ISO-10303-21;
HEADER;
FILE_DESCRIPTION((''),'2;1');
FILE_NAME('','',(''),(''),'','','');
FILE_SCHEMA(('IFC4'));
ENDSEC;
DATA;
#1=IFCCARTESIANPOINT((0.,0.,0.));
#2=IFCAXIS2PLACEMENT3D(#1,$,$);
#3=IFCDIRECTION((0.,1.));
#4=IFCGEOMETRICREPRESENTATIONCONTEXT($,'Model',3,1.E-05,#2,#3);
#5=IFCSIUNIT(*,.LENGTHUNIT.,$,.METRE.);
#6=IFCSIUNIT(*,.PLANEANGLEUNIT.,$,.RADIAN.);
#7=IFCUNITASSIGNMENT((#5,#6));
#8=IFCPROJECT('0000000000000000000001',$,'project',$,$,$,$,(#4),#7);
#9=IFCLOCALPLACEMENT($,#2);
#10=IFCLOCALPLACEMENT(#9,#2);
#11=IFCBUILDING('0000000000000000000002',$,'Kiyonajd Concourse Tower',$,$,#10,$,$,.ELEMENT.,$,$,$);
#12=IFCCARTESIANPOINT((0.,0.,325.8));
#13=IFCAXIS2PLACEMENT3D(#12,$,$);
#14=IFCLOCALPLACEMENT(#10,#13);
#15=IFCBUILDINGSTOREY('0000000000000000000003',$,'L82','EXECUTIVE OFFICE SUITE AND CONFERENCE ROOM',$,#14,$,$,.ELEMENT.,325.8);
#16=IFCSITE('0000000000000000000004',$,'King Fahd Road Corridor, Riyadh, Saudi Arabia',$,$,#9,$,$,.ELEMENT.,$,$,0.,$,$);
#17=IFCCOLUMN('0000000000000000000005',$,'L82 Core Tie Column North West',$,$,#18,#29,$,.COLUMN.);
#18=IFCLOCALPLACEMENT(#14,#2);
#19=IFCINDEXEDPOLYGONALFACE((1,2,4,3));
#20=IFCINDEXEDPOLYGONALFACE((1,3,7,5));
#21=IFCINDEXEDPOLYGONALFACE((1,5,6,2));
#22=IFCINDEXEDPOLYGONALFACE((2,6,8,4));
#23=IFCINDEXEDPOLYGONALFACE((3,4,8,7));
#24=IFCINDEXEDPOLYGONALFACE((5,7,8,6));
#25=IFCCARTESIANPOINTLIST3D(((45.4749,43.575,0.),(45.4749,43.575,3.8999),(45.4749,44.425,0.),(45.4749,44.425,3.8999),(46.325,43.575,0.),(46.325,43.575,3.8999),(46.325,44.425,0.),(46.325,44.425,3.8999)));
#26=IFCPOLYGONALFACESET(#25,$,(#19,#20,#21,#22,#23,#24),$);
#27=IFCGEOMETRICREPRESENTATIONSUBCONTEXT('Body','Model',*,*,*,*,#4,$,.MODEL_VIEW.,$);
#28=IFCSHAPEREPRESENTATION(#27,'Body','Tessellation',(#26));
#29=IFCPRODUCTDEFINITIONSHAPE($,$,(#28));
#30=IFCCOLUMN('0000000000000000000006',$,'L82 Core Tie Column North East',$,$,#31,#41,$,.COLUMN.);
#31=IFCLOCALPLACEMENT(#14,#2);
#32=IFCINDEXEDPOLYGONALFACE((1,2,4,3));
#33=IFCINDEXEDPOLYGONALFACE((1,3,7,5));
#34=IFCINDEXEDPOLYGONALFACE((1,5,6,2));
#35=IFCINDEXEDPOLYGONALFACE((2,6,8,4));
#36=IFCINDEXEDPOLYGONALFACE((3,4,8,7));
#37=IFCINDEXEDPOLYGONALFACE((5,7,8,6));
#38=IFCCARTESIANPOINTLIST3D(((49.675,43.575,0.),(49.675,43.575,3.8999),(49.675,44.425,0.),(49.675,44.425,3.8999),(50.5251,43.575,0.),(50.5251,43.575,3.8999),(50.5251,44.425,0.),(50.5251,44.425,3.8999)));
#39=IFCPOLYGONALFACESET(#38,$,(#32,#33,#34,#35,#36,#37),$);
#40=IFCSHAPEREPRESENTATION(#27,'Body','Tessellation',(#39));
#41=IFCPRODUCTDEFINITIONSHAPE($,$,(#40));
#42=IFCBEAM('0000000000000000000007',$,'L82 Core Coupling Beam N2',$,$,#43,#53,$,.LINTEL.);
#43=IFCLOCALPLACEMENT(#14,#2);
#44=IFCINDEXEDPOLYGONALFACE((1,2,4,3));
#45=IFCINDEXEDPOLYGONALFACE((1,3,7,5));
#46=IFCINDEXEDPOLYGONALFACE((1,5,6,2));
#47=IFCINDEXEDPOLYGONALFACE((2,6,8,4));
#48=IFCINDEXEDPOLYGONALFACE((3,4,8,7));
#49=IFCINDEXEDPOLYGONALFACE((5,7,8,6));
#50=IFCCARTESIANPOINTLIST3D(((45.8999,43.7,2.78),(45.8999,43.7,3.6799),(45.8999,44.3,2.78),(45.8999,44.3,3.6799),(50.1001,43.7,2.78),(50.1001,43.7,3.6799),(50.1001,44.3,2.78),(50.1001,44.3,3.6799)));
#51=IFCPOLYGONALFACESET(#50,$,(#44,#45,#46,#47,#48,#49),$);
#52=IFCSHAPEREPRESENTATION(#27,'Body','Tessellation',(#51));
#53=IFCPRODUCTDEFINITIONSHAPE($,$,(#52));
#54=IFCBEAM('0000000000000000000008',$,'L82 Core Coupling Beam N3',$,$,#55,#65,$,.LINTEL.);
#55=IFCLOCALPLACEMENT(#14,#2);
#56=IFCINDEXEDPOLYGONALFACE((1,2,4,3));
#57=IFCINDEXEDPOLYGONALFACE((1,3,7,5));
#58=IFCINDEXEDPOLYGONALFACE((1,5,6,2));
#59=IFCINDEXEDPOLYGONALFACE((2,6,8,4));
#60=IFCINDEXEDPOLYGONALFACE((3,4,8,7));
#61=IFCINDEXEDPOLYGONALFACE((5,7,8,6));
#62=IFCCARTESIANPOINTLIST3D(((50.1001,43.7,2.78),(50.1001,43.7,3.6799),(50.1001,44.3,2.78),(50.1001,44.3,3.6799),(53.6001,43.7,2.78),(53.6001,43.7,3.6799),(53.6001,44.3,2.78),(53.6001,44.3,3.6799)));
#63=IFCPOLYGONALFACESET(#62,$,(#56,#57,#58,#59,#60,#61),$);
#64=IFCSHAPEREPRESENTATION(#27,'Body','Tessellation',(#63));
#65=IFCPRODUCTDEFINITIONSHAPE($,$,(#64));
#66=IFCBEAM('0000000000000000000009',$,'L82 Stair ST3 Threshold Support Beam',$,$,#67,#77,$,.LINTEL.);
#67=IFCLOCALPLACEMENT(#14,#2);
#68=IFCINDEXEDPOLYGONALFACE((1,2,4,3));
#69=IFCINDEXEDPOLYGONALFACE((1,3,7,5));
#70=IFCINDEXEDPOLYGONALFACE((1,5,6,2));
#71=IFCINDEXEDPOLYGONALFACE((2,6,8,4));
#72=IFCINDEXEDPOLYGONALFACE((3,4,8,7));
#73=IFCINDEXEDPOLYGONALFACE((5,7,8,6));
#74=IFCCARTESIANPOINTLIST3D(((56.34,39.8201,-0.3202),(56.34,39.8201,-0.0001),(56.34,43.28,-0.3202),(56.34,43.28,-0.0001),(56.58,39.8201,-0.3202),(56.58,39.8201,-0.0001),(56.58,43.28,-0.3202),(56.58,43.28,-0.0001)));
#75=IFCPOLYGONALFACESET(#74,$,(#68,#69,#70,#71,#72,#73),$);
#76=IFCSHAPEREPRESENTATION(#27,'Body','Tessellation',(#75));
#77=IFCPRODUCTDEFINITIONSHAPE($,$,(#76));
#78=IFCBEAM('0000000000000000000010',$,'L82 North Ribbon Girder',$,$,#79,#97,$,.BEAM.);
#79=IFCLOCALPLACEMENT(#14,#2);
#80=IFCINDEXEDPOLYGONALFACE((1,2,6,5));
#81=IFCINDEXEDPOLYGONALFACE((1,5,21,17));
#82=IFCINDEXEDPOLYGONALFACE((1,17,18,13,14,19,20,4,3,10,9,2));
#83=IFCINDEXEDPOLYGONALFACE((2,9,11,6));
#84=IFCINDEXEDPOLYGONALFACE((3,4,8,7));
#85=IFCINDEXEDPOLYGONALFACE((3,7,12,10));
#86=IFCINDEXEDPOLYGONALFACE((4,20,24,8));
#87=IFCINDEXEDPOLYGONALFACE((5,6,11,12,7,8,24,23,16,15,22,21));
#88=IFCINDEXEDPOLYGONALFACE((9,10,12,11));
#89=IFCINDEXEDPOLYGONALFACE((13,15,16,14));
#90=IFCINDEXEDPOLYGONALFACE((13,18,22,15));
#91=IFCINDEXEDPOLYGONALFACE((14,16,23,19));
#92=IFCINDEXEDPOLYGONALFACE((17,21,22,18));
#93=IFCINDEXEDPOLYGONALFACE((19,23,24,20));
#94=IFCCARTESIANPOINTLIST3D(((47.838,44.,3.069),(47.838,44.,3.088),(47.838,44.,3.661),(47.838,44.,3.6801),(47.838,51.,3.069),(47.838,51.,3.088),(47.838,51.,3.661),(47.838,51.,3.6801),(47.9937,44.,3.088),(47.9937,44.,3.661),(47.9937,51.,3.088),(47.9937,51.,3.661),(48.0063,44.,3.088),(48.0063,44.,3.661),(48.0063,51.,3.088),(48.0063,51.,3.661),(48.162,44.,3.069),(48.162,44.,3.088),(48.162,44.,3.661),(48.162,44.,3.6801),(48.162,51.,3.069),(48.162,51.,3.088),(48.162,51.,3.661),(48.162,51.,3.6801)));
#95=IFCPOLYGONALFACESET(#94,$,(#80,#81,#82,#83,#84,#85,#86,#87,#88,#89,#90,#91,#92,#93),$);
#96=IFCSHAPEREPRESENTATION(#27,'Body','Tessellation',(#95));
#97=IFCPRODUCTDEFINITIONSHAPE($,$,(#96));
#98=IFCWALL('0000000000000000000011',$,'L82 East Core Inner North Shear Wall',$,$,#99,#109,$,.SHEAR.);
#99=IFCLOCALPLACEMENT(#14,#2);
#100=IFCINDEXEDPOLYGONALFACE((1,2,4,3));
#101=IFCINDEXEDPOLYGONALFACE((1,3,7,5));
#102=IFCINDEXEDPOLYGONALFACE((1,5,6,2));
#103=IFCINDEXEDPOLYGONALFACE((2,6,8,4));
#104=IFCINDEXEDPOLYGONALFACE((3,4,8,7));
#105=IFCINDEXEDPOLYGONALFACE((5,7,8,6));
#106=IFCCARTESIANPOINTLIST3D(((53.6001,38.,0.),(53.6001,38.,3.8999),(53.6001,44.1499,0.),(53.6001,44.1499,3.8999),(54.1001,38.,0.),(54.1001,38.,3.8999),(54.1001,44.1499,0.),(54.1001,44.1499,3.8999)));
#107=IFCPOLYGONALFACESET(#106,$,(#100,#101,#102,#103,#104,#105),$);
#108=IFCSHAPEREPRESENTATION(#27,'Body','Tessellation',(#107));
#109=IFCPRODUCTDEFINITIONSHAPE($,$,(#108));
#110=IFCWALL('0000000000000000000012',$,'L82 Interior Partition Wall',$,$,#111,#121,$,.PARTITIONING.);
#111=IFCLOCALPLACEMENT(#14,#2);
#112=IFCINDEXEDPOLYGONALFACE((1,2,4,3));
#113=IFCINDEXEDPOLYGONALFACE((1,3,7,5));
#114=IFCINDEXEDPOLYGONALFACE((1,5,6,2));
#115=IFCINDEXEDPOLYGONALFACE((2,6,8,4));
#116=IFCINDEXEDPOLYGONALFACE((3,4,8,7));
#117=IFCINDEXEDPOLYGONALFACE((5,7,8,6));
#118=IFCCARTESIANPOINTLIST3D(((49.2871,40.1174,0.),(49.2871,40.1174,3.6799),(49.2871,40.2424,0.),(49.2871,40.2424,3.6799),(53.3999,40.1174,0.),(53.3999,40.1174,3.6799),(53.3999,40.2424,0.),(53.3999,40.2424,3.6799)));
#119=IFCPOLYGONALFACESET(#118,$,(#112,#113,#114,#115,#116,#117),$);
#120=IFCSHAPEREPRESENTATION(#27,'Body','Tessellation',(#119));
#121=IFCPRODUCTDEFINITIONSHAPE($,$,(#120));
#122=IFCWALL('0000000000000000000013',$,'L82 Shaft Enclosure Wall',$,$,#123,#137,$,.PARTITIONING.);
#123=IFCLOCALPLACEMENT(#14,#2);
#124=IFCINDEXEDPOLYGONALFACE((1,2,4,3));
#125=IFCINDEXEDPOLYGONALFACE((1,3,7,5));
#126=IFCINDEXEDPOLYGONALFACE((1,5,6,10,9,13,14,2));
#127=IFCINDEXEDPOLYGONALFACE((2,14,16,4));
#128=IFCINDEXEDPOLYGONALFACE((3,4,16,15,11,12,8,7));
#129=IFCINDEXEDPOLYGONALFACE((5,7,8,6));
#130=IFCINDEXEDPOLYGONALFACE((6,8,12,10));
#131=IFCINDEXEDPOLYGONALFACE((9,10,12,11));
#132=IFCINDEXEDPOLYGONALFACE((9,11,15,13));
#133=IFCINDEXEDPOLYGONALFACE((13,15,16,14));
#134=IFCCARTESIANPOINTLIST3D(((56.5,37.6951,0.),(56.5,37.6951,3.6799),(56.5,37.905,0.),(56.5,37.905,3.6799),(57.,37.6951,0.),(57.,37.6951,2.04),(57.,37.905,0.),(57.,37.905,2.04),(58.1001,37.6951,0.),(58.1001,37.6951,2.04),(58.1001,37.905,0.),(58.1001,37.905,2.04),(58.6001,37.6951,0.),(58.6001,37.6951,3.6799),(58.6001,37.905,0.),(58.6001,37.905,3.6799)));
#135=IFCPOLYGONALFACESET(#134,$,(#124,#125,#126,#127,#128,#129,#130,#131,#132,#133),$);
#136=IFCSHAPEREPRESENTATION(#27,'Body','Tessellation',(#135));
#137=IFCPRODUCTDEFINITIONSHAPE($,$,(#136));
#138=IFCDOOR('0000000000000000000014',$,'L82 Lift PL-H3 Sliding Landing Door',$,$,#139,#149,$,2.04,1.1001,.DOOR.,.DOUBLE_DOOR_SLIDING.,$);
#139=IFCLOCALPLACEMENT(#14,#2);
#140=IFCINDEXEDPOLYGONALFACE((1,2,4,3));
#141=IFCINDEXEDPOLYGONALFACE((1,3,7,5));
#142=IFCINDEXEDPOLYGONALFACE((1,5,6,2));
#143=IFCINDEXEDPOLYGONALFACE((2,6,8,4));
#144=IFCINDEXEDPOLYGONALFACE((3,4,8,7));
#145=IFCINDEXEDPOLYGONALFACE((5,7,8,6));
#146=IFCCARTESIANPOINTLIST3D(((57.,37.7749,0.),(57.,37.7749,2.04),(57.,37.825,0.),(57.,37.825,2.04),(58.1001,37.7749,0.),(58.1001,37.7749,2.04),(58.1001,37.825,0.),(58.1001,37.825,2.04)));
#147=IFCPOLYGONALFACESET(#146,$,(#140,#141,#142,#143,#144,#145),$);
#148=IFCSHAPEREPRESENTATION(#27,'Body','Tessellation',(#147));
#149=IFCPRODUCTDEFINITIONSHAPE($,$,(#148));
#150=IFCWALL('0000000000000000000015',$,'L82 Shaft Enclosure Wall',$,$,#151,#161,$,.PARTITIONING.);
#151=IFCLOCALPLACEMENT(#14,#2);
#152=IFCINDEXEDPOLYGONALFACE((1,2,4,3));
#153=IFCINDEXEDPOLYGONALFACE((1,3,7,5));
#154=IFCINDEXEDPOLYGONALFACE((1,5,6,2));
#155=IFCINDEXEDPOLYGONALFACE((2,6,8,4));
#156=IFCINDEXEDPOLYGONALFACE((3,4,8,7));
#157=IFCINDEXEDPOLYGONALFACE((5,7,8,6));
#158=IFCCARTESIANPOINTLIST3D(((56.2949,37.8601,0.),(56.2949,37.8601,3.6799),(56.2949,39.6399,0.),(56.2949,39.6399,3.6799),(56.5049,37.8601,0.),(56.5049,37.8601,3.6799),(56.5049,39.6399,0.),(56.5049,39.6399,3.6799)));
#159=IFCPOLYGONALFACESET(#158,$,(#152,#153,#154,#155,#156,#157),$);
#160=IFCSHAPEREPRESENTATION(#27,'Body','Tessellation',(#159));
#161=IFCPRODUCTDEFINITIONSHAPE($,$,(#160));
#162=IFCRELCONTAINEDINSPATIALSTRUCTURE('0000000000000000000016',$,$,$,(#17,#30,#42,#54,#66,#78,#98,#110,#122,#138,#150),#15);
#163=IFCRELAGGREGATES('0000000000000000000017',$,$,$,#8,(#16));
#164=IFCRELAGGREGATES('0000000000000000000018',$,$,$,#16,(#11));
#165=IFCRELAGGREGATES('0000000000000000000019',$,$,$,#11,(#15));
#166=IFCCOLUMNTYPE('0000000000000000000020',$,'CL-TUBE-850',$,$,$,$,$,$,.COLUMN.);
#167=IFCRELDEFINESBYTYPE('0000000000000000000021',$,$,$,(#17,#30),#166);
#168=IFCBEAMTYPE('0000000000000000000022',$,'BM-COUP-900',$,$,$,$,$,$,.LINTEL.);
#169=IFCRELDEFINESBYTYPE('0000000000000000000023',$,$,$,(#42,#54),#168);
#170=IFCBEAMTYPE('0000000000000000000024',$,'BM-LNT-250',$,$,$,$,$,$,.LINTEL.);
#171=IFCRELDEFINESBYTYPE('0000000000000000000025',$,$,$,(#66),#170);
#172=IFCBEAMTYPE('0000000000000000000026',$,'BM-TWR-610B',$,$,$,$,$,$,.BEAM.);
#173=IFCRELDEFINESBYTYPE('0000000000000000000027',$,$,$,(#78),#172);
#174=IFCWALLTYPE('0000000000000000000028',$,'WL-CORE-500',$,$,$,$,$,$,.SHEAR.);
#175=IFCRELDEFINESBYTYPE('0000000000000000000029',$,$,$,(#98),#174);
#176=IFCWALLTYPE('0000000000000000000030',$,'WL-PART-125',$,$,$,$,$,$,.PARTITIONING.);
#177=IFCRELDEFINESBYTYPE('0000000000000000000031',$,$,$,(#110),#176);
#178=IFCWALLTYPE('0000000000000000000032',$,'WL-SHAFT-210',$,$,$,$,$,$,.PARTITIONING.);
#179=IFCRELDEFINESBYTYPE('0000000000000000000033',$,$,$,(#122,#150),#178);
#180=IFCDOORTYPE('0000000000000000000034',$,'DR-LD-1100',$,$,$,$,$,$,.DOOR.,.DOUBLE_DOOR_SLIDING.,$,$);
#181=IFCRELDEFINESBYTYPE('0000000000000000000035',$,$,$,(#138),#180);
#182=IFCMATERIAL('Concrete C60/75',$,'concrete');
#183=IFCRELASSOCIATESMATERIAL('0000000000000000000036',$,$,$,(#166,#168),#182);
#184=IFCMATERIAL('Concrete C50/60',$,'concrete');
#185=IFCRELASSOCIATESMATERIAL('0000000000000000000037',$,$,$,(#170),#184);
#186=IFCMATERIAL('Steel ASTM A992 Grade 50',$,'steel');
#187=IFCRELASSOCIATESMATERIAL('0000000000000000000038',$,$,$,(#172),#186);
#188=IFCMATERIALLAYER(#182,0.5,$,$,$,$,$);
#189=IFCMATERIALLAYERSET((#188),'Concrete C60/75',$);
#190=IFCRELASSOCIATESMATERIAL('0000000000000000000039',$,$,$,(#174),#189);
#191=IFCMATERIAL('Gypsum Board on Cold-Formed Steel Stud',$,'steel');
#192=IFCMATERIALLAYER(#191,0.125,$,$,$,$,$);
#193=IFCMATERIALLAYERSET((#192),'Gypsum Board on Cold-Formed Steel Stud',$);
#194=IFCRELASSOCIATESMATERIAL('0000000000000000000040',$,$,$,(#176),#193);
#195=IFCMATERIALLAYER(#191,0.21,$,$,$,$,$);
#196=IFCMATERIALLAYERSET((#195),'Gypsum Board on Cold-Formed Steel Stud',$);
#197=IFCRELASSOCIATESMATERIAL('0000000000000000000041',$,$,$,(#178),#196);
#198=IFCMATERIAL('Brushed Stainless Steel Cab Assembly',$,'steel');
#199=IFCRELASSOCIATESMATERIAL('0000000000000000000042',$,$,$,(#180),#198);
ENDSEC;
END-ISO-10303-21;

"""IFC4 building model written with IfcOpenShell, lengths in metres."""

from ifc_helpers import new_model, si_unit, direction, frame, frame_2d, origin, origin_2d, place, context, subcontext, project, spatial, rectangle, i_section, extrude, material, layer, layer_set, material_profile, profile_set, type_object, element, fill, save


model = new_model("IFC4")

# Units and contexts
model_context = context("Model", 3, precision=1e-05, world=origin(), true_north=direction((0.0, 1.0)))
body_context = subcontext(model_context, "Body", "Model", "MODEL_VIEW")
ifc_project = project(units=[si_unit("LENGTHUNIT", "METRE"), si_unit("PLANEANGLEUNIT", "RADIAN")], contexts=[model_context])

# Site, building, storey
site_placement = place(None, origin())
site = spatial("IfcSite", under=ifc_project, at=site_placement, Name="King Fahd Road Corridor, Riyadh, Saudi Arabia", CompositionType="ELEMENT", RefElevation=0.0)
building_placement = place(site_placement, origin())
building = spatial("IfcBuilding", under=site, at=building_placement, Name="Kiyonajd Concourse Tower", CompositionType="ELEMENT")
storey_placement = place(building_placement, frame((0.0, 0.0, 325.8)))
storey = spatial("IfcBuildingStorey", under=building, at=storey_placement, Name="L82", Description="EXECUTIVE OFFICE SUITE AND CONFERENCE ROOM", CompositionType="ELEMENT", Elevation=325.8)

# Columns
ifc_material_1 = material(Name="Concrete C60/75", Category="concrete")
ifc_material_profile_1 = material_profile(ifc_material_1, rectangle(XDim=0.8501, YDim=0.8501, at=origin_2d()), Name="RC-850x850")
ifc_profile_set_1 = profile_set([ifc_material_profile_1], Name="Concrete C60/75")
column_type = type_object("IfcColumnType", Name="CL-TUBE-850", PredefinedType="COLUMN", material=ifc_profile_set_1)
for number, where, z_axis, x_axis, name in (
    (1, (45.8999, 44.0, 0.0), (0.0, 0.0, 1.0), (1.0, 0.0, 0.0), "L82 Core Tie Column North West"),
    (2, (50.1001, 44.0, 0.0), (0.0, 0.0, 1.0), (1.0, 0.0, 0.0), "L82 Core Tie Column North East"),
):
    element("IfcColumn", number, at=place(storey_placement, frame(where, z_axis=z_axis, x_axis=x_axis)), inside=storey, type_object=column_type, Name=name, PredefinedType="COLUMN", context=body_context, shape_type="SweptSolid", body=[
        extrude(rectangle(XDim=0.8501, YDim=0.8501, at=origin_2d()), origin(), (0.0, 0.0, 1.0), 3.8999),
    ])

# Beams
ifc_material_profile_2 = material_profile(ifc_material_1, rectangle(XDim=0.6001, YDim=0.8999, at=origin_2d()), Name="RCBM-600x900")
ifc_profile_set_2 = profile_set([ifc_material_profile_2], Name="Concrete C60/75")
beam_type_1 = type_object("IfcBeamType", Name="BM-COUP-900", PredefinedType="LINTEL", material=ifc_profile_set_2)
beam_1_placement = place(storey_placement, frame((45.8999, 44.0, 3.23), z_axis=(1.0, 0.0, 0.0), x_axis=(0.0, 1.0, 0.0)))
element("IfcBeam", 3, at=beam_1_placement, inside=storey, type_object=beam_type_1, Name="L82 Core Coupling Beam N2", PredefinedType="LINTEL", context=body_context, shape_type="SweptSolid", body=[
    extrude(rectangle(XDim=0.6001, YDim=0.8999, at=origin_2d()), origin(), (0.0, 0.0, 1.0), 4.2002),
])
beam_2_placement = place(storey_placement, frame((50.1001, 44.0, 3.23), z_axis=(1.0, 0.0, 0.0), x_axis=(0.0, 1.0, 0.0)))
element("IfcBeam", 4, at=beam_2_placement, inside=storey, type_object=beam_type_1, Name="L82 Core Coupling Beam N3", PredefinedType="LINTEL", context=body_context, shape_type="SweptSolid", body=[
    extrude(rectangle(XDim=0.6001, YDim=0.8999, at=origin_2d()), origin(), (0.0, 0.0, 1.0), 3.5),
])
ifc_material_2 = material(Name="Concrete C50/60", Category="concrete")
ifc_material_profile_3 = material_profile(ifc_material_2, rectangle(XDim=0.24, YDim=0.3201, at=origin_2d()), Name="RCBM-240x320")
ifc_profile_set_3 = profile_set([ifc_material_profile_3], Name="Concrete C50/60")
beam_type_2 = type_object("IfcBeamType", Name="BM-LNT-250", PredefinedType="LINTEL", material=ifc_profile_set_3)
beam_3_placement = place(storey_placement, frame((56.46, 39.8201, -0.1602), z_axis=(0.0, 1.0, 0.0), x_axis=(-1.0, 0.0, 0.0)))
element("IfcBeam", 5, at=beam_3_placement, inside=storey, type_object=beam_type_2, Name="L82 Stair ST3 Threshold Support Beam", PredefinedType="LINTEL", context=body_context, shape_type="SweptSolid", body=[
    extrude(rectangle(XDim=0.24, YDim=0.3201, at=origin_2d()), origin(), (0.0, 0.0, 1.0), 3.46),
])
ifc_material_3 = material(Name="Steel ASTM A992 Grade 50", Category="steel")
ifc_material_profile_4 = material_profile(ifc_material_3, i_section(OverallWidth=0.324, OverallDepth=0.6111, WebThickness=0.0127, FlangeThickness=0.019, at=origin_2d()), Name="W610X155")
ifc_profile_set_4 = profile_set([ifc_material_profile_4], Name="Steel ASTM A992 Grade 50")
beam_type_3 = type_object("IfcBeamType", Name="BM-TWR-610B", PredefinedType="BEAM", material=ifc_profile_set_4)
beam_4_placement = place(storey_placement, frame((48.0, 44.0, 3.3745), z_axis=(0.0, 1.0, 0.0), x_axis=(-1.0, 0.0, 0.0)))
element("IfcBeam", 6, at=beam_4_placement, inside=storey, type_object=beam_type_3, Name="L82 North Ribbon Girder", PredefinedType="BEAM", context=body_context, shape_type="SweptSolid", body=[
    extrude(i_section(OverallWidth=0.324, OverallDepth=0.6111, WebThickness=0.0127, FlangeThickness=0.019, at=origin_2d()), origin(), (0.0, 0.0, 1.0), 7.0),
])

# Walls
ifc_layer_1 = layer(ifc_material_1, 0.5)
ifc_layer_set_1 = layer_set([ifc_layer_1], Name="Concrete C60/75")
wall_type_1 = type_object("IfcWallType", Name="WL-CORE-500", PredefinedType="SHEAR", material=ifc_layer_set_1)
wall_1_placement = place(storey_placement, frame((53.8501, 38.0, 0.0), z_axis=(0.0, 0.0, 1.0), x_axis=(0.0, 1.0, 0.0)))
element("IfcWall", 7, at=wall_1_placement, inside=storey, type_object=wall_type_1, Name="L82 East Core Inner North Shear Wall", PredefinedType="SHEAR", context=body_context, shape_type="SweptSolid", body=[
    extrude(rectangle(XDim=6.1499, YDim=0.5, at=frame_2d((3.075, 0.0))), origin(), (0.0, 0.0, 1.0), 3.8999),
])
ifc_material_4 = material(Name="Gypsum Board on Cold-Formed Steel Stud", Category="steel")
ifc_layer_2 = layer(ifc_material_4, 0.125)
ifc_layer_set_2 = layer_set([ifc_layer_2], Name="Gypsum Board on Cold-Formed Steel Stud")
wall_type_2 = type_object("IfcWallType", Name="WL-PART-125", PredefinedType="PARTITIONING", material=ifc_layer_set_2)
wall_2_placement = place(storey_placement, frame((49.2871, 40.1799, 0.0), z_axis=(0.0, 0.0, 1.0), x_axis=(1.0, 0.0, 0.0)))
element("IfcWall", 8, at=wall_2_placement, inside=storey, type_object=wall_type_2, Name="L82 Interior Partition Wall", PredefinedType="PARTITIONING", context=body_context, shape_type="SweptSolid", body=[
    extrude(rectangle(XDim=4.1128, YDim=0.125, at=frame_2d((2.0564, 0.0))), origin(), (0.0, 0.0, 1.0), 3.6799),
])

# Wall, opening, door
ifc_layer_3 = layer(ifc_material_4, 0.21)
ifc_layer_set_3 = layer_set([ifc_layer_3], Name="Gypsum Board on Cold-Formed Steel Stud")
wall_type_3 = type_object("IfcWallType", Name="WL-SHAFT-210", PredefinedType="PARTITIONING", material=ifc_layer_set_3)
wall_3_placement = place(storey_placement, frame((56.5, 37.8, 0.0), z_axis=(0.0, 0.0, 1.0), x_axis=(1.0, 0.0, 0.0)))
wall_3 = element("IfcWall", 9, at=wall_3_placement, inside=storey, type_object=wall_type_3, Name="L82 Shaft Enclosure Wall", PredefinedType="PARTITIONING", context=body_context, shape_type="SweptSolid", body=[
    extrude(rectangle(XDim=2.1001, YDim=0.21, at=frame_2d((1.05, 0.0))), origin(), (0.0, 0.0, 1.0), 3.6799),
])
opening_1_placement = place(wall_3_placement, frame((0.5, 0.0, 0.0)))
opening_1 = element("IfcOpeningElement", 10, at=opening_1_placement, cuts=wall_3, PredefinedType="OPENING", context=body_context, shape_type="SweptSolid", body=[
    extrude(rectangle(XDim=1.1001, YDim=2.04, at=frame_2d((0.55, 1.02))), frame((0.0, 0.115, 0.0), z_axis=(0.0, -1.0, 0.0), x_axis=(1.0, 0.0, 0.0)), (0.0, 0.0, 1.0), 0.23),
])
ifc_material_5 = material(Name="Brushed Stainless Steel Cab Assembly", Category="steel")
door_type_1 = type_object("IfcDoorType", Name="DR-LD-1100", OperationType="DOUBLE_DOOR_SLIDING", PredefinedType="DOOR", material=ifc_material_5)
door_1_placement = place(opening_1_placement, origin())
door_1 = element("IfcDoor", 11, at=door_1_placement, inside=storey, type_object=door_type_1, Name="L82 Lift PL-H3 Sliding Landing Door", OperationType="DOUBLE_DOOR_SLIDING", OverallHeight=2.04, OverallWidth=1.1001, PredefinedType="DOOR", context=body_context, shape_type="SweptSolid", body=[
    extrude(rectangle(XDim=1.1001, YDim=2.04, at=frame_2d((0.55, 1.02))), frame((0.0, 0.0249, 0.0), z_axis=(0.0, -1.0, 0.0), x_axis=(1.0, 0.0, 0.0)), (0.0, 0.0, 1.0), 0.05),
])
fill(opening_1, door_1)

# Wall
wall_4_placement = place(storey_placement, frame((56.3999, 37.8601, 0.0), z_axis=(0.0, 0.0, 1.0), x_axis=(0.0, 1.0, 0.0)))
element("IfcWall", 12, at=wall_4_placement, inside=storey, type_object=wall_type_3, Name="L82 Shaft Enclosure Wall", PredefinedType="PARTITIONING", context=body_context, shape_type="SweptSolid", body=[
    extrude(rectangle(XDim=1.7798, YDim=0.21, at=frame_2d((0.8899, 0.0))), origin(), (0.0, 0.0, 1.0), 3.6799),
])

save(model, "model.ifc")
